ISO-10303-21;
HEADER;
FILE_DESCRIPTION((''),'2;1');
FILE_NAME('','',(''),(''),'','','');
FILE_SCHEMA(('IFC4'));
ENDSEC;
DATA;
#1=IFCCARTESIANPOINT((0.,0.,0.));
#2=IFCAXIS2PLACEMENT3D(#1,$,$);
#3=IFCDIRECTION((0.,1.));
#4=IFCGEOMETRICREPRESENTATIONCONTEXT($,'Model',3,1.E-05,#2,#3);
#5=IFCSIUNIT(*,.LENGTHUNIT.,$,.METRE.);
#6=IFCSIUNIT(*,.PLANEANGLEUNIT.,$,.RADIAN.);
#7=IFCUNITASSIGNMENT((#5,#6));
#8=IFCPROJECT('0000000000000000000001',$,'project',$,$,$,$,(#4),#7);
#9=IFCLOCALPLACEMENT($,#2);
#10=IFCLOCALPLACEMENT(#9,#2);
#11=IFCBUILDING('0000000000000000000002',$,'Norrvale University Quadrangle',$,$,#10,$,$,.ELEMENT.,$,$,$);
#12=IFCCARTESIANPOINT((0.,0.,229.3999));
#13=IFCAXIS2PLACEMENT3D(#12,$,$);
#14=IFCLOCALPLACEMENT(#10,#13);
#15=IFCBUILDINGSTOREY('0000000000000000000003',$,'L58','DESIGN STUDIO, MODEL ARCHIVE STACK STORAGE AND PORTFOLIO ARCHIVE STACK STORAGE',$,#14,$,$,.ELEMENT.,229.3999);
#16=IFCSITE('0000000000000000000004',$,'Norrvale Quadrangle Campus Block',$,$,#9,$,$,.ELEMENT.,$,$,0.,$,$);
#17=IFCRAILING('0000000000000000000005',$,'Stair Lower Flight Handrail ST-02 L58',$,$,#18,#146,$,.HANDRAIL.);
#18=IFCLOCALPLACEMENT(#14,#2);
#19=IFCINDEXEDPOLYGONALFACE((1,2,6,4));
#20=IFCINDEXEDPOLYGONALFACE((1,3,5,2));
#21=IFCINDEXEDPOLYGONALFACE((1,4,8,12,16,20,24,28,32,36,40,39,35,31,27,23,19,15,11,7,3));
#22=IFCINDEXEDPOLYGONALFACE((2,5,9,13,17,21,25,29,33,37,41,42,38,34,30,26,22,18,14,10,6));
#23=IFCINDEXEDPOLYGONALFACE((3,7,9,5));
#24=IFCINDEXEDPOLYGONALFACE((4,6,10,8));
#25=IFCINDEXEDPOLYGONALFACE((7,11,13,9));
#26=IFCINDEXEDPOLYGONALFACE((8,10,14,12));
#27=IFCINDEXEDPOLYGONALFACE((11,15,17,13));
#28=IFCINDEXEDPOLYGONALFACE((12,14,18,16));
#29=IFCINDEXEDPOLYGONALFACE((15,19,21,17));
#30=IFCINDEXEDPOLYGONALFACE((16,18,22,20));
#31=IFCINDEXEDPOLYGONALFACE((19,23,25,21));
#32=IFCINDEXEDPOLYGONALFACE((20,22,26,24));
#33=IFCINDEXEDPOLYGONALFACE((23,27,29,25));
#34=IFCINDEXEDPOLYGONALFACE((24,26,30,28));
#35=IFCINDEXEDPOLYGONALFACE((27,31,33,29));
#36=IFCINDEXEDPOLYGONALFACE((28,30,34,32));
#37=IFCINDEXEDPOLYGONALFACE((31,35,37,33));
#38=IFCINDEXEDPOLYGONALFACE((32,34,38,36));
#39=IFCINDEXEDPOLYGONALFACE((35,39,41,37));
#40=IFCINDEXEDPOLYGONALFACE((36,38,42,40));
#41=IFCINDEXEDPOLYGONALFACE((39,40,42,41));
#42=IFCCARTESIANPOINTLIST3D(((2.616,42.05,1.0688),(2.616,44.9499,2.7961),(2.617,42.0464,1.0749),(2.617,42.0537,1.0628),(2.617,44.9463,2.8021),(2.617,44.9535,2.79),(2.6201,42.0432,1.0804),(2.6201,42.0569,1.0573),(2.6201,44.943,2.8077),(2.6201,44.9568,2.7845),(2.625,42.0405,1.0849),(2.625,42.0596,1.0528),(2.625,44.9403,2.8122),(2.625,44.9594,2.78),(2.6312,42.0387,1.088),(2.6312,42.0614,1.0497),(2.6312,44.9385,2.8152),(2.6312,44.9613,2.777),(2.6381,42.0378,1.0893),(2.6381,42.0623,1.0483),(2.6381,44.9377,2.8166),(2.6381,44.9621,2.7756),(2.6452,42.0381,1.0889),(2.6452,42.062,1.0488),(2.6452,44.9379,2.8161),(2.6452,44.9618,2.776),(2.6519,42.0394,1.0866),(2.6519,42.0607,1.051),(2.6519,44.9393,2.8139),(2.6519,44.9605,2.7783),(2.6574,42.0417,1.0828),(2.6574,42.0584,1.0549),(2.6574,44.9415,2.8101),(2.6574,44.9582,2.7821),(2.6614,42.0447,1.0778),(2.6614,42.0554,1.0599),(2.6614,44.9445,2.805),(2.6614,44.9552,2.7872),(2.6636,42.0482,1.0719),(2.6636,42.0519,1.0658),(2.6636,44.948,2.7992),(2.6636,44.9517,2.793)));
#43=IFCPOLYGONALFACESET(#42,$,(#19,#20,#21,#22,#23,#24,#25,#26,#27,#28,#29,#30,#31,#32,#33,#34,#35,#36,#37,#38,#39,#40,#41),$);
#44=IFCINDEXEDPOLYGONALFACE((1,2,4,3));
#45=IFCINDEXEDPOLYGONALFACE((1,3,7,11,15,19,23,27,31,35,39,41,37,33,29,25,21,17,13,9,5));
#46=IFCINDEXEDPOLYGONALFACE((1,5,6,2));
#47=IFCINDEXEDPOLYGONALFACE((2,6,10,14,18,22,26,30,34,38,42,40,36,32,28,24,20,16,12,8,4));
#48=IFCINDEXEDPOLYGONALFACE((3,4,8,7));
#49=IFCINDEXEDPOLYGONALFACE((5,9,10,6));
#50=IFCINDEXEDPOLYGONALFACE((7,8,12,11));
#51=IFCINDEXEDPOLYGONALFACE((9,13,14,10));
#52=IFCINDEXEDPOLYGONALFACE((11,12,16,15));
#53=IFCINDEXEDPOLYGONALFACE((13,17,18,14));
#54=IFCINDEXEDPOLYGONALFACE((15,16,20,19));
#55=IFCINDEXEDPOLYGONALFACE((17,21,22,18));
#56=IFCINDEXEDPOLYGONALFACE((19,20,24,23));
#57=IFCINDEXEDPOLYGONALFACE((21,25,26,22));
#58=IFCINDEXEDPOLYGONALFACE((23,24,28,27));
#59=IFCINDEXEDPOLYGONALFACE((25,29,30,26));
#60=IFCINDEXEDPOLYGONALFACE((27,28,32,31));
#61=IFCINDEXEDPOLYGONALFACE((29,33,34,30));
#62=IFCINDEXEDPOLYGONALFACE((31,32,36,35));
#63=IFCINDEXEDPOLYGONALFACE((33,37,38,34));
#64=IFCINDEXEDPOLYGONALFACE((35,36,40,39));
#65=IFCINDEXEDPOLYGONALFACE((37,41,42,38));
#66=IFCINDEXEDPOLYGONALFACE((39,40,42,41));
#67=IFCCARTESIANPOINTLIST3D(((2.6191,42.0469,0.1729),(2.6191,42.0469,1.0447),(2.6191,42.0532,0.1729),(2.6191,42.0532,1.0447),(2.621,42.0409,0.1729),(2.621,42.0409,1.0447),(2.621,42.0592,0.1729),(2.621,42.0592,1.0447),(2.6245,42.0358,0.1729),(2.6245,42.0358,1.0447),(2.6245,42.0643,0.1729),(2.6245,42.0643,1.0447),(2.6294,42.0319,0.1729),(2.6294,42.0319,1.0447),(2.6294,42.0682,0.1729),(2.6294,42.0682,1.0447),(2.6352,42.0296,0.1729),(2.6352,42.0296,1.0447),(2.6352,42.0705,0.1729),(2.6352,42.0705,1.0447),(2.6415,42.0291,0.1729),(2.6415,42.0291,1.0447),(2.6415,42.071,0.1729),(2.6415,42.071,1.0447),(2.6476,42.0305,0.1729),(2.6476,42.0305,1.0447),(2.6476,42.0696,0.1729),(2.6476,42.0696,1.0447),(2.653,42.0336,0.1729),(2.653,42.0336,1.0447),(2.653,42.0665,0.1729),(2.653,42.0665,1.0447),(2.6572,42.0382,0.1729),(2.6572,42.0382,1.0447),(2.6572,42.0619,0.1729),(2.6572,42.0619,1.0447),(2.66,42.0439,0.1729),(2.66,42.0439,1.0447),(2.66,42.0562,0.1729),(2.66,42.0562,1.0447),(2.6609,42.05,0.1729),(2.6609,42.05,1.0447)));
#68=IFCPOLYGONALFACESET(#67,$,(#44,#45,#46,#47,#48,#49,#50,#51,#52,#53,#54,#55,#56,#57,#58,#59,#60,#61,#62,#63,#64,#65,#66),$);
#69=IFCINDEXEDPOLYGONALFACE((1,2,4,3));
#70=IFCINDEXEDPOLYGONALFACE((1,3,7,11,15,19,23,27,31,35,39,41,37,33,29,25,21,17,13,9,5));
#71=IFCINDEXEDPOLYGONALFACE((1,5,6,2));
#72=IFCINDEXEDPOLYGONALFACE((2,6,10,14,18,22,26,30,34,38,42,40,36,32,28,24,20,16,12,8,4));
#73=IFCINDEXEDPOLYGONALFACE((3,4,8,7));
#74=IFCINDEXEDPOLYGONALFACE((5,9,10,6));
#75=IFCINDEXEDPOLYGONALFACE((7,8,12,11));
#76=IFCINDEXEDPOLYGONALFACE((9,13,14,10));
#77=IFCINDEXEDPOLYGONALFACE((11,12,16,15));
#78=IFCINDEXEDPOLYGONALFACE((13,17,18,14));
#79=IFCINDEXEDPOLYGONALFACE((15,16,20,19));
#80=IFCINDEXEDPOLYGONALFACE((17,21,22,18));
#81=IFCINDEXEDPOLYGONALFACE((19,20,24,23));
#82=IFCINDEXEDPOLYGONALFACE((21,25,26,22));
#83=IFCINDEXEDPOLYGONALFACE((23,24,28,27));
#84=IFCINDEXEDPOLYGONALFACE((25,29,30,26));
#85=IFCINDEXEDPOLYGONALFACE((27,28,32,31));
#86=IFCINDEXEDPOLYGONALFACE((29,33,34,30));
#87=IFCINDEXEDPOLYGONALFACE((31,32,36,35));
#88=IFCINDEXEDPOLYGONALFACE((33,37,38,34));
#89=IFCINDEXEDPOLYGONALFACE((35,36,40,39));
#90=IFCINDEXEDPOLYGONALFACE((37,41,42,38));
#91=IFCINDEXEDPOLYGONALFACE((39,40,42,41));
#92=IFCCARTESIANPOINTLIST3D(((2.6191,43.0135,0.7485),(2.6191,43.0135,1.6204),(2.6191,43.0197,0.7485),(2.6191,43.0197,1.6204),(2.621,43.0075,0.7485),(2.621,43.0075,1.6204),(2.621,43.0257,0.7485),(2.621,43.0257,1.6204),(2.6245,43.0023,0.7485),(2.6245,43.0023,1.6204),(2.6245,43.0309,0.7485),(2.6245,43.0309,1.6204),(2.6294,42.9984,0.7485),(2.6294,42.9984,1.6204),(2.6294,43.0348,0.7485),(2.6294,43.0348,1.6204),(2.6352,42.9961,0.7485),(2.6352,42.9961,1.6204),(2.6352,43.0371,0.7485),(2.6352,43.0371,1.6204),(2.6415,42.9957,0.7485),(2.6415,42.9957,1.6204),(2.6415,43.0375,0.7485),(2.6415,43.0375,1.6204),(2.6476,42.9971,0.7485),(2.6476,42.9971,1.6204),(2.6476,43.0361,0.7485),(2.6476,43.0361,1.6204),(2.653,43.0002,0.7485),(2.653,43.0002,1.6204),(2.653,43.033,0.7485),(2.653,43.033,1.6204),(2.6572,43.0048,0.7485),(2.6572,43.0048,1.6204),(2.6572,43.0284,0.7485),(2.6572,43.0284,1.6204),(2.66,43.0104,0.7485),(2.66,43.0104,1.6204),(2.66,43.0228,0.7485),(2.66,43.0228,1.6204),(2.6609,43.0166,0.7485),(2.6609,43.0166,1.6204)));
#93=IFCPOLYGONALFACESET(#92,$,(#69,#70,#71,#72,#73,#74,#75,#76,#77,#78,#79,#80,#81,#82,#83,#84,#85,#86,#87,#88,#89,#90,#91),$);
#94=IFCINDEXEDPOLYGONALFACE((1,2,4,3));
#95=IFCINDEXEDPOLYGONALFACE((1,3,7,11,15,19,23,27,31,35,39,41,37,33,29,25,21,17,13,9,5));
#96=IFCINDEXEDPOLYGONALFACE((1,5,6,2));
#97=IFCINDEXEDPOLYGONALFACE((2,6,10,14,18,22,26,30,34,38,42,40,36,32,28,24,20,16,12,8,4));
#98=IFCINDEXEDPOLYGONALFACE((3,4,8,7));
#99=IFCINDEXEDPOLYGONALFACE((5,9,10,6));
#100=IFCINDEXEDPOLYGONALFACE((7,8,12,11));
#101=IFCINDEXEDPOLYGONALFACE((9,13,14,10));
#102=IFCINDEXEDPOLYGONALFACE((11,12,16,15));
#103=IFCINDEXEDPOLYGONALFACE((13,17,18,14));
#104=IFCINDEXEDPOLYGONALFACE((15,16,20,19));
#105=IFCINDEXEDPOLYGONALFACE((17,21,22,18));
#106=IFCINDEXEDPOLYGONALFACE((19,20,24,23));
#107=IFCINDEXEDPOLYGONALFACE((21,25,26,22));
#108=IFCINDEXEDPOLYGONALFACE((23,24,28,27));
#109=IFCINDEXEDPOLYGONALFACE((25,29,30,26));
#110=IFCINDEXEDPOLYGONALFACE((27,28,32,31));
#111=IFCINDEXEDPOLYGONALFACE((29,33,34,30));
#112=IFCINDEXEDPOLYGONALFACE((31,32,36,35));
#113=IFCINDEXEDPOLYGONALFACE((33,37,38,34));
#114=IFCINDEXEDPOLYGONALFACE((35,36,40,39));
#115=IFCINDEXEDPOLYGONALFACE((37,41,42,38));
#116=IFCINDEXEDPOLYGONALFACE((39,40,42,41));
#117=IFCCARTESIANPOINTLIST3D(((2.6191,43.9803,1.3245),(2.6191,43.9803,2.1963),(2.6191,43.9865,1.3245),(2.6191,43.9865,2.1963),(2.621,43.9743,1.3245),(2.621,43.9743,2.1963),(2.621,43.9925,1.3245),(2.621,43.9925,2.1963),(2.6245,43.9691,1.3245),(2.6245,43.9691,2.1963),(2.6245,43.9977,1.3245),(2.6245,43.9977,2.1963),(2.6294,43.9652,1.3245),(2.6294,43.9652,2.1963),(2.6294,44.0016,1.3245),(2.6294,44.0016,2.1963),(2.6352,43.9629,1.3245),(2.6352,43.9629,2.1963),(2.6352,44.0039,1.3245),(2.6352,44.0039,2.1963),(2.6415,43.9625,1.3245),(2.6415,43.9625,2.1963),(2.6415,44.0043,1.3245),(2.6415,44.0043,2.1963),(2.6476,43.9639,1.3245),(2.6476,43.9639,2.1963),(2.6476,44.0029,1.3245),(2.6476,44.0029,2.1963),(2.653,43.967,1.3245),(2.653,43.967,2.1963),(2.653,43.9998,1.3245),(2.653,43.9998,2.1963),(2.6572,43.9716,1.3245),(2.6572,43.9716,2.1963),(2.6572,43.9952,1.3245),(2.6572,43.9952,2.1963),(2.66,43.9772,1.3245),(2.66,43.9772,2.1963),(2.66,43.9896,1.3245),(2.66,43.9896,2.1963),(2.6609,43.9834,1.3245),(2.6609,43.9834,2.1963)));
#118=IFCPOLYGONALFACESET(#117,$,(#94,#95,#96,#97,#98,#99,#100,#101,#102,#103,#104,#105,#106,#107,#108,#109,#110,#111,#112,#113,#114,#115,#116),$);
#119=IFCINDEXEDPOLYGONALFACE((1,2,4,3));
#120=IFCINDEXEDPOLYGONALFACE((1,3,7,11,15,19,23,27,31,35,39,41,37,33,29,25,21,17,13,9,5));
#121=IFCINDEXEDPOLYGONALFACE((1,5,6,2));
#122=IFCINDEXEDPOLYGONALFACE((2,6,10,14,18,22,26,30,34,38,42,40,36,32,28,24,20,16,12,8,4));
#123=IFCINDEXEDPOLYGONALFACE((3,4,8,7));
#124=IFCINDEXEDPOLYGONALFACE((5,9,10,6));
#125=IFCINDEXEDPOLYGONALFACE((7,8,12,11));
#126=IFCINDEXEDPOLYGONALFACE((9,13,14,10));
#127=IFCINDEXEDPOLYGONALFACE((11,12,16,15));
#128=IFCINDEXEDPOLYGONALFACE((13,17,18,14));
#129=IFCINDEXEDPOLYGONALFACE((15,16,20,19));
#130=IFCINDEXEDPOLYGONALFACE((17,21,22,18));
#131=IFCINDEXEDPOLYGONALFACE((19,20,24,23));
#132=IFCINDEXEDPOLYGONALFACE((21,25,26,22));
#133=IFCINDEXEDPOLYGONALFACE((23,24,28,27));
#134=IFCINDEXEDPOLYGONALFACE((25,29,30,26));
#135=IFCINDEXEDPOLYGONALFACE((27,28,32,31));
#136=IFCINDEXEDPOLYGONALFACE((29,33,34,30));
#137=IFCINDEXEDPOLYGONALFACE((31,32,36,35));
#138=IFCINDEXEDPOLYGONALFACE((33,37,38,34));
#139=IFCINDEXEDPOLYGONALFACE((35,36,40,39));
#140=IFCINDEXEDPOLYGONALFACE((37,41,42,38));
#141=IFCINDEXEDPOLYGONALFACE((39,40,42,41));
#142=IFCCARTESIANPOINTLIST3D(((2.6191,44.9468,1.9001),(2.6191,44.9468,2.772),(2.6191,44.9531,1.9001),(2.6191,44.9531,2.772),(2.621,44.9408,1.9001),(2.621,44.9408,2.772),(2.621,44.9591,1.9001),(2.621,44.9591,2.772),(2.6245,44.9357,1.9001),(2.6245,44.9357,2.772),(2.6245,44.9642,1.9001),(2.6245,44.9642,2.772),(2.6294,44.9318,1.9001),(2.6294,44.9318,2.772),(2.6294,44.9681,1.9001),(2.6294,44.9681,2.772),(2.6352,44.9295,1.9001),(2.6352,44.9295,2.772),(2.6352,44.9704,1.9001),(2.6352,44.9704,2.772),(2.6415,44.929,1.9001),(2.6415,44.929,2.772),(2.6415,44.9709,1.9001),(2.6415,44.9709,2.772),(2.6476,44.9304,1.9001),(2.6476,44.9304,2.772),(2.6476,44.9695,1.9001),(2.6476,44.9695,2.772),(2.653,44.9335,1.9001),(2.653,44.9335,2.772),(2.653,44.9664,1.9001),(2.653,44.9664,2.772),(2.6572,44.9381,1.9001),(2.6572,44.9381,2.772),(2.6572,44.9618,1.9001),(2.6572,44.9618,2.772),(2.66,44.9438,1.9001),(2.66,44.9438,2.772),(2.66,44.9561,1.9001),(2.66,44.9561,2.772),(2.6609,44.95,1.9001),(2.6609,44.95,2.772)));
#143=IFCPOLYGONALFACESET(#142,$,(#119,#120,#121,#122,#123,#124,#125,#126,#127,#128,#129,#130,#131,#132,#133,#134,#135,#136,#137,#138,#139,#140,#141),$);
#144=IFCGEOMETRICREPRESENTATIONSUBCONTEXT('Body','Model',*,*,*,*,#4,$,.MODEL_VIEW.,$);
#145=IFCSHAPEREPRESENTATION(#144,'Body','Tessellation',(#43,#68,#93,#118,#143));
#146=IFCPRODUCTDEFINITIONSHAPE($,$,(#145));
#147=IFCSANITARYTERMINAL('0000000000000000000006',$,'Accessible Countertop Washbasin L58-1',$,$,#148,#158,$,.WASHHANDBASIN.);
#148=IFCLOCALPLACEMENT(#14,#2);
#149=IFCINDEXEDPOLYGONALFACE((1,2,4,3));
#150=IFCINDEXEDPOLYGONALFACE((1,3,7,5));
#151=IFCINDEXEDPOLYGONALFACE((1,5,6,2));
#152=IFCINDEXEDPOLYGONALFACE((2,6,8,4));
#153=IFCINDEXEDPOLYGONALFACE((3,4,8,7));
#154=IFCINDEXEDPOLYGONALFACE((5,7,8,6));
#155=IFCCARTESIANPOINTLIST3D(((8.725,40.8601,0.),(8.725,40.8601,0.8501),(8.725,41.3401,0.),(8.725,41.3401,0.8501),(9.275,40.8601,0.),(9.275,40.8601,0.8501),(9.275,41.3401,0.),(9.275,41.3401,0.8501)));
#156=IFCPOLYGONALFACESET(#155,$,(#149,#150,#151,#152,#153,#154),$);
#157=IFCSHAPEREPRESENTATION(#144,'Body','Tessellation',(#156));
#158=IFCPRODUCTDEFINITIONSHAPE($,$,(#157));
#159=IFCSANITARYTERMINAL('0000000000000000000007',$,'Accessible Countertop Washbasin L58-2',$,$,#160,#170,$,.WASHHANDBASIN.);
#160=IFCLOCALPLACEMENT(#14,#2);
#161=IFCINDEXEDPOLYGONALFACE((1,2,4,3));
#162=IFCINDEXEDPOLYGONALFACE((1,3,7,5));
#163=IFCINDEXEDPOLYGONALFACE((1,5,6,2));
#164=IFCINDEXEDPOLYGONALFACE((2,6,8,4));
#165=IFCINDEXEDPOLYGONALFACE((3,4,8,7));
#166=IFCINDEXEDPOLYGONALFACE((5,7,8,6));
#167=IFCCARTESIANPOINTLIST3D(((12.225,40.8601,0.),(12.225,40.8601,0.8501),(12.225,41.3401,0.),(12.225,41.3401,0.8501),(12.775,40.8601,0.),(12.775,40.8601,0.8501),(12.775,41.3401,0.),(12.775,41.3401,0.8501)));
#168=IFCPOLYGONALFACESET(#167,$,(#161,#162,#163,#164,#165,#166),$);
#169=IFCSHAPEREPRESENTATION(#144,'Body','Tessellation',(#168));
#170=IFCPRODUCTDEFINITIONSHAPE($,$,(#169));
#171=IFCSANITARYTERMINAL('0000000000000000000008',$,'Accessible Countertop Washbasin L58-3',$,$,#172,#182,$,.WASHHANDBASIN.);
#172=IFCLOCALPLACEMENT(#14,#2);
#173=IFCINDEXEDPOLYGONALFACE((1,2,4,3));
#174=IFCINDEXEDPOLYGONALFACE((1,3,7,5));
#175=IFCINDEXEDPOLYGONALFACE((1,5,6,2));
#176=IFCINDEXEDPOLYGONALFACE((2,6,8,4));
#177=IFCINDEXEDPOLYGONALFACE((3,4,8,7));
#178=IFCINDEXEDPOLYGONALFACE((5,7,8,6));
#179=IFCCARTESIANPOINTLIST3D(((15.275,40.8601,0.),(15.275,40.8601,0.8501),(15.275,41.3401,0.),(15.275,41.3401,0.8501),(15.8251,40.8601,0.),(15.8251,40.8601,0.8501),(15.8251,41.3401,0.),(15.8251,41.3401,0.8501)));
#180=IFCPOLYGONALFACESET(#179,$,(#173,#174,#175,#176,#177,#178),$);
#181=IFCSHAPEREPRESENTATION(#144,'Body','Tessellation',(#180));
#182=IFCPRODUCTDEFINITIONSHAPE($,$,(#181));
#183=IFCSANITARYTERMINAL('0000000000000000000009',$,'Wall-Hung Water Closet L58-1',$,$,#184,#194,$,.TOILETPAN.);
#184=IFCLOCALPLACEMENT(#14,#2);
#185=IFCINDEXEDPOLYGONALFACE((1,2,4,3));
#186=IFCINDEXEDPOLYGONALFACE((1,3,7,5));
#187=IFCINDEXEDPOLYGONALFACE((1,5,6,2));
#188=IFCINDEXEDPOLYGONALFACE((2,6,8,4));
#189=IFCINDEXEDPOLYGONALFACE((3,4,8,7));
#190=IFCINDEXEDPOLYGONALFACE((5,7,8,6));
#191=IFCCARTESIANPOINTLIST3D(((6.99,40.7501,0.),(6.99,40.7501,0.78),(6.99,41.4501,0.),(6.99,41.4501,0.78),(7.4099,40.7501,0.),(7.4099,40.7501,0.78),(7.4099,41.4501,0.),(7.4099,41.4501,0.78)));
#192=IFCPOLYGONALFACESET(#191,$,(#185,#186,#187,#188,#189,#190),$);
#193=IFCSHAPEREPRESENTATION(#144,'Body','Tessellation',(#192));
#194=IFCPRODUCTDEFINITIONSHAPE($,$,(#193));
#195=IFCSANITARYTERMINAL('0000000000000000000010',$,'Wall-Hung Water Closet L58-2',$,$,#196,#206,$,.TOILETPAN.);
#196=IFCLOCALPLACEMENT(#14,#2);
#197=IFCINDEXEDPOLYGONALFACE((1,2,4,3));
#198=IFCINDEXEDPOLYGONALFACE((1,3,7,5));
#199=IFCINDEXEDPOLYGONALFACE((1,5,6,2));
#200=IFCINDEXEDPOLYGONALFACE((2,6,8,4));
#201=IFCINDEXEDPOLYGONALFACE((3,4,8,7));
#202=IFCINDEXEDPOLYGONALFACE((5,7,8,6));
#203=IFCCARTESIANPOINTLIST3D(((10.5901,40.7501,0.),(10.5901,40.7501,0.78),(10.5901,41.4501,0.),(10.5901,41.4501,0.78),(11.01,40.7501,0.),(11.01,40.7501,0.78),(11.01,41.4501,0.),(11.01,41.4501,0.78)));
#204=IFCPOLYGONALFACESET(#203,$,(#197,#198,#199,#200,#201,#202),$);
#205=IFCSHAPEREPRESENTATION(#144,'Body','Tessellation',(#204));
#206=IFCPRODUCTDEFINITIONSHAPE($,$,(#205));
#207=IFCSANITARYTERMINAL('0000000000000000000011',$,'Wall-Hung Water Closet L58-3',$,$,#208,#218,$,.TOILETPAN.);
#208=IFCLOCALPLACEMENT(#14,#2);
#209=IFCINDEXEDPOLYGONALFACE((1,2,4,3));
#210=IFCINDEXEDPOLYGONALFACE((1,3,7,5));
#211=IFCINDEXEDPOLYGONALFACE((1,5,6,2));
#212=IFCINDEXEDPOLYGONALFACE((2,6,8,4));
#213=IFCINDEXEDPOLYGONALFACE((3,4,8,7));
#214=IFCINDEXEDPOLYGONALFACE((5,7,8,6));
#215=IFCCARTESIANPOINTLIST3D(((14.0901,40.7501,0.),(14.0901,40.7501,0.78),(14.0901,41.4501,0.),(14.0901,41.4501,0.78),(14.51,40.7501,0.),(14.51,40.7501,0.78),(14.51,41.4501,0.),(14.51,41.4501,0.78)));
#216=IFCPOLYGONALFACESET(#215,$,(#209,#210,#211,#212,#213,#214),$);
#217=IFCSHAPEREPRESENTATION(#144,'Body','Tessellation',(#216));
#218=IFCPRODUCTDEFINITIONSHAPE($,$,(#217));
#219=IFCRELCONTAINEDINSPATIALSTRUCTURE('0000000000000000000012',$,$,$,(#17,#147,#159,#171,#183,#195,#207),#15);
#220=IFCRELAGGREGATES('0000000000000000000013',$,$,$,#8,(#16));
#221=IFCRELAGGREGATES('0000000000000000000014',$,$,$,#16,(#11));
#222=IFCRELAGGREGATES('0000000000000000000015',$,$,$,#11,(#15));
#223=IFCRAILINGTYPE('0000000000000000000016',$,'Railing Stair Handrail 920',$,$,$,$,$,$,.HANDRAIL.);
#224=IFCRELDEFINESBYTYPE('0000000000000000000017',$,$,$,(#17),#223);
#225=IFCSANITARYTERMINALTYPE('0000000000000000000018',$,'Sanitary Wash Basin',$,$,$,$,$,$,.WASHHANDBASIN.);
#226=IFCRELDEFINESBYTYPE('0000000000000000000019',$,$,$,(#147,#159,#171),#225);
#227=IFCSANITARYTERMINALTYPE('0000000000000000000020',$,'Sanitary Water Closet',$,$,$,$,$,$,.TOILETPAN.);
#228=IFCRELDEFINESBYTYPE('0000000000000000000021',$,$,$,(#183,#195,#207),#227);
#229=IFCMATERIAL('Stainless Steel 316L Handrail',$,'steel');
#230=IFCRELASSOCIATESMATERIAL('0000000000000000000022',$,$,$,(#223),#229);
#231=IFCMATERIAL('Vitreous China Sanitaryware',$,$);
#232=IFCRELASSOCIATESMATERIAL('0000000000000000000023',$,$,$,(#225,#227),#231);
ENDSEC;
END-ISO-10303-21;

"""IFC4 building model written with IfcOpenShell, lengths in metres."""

from ifc_helpers import new_model, si_unit, direction, frame, origin, origin_2d, place, context, subcontext, project, spatial, rectangle, circle, extrude, material, type_object, element, save


model = new_model("IFC4")

# Units and contexts
model_context = context("Model", 3, precision=1e-05, world=origin(), true_north=direction((0.0, 1.0)))
body_context = subcontext(model_context, "Body", "Model", "MODEL_VIEW")
ifc_project = project(units=[si_unit("LENGTHUNIT", "METRE"), si_unit("PLANEANGLEUNIT", "RADIAN")], contexts=[model_context])

# Site, building, storey
site_placement = place(None, origin())
site = spatial("IfcSite", under=ifc_project, at=site_placement, Name="Norrvale Quadrangle Campus Block", CompositionType="ELEMENT", RefElevation=0.0)
building_placement = place(site_placement, origin())
building = spatial("IfcBuilding", under=site, at=building_placement, Name="Norrvale University Quadrangle", CompositionType="ELEMENT")
storey_placement = place(building_placement, frame((0.0, 0.0, 229.3999)))
storey = spatial("IfcBuildingStorey", under=building, at=storey_placement, Name="L58", Description="DESIGN STUDIO, MODEL ARCHIVE STACK STORAGE AND PORTFOLIO ARCHIVE STACK STORAGE", CompositionType="ELEMENT", Elevation=229.3999)

# Railing
ifc_material_1 = material(Name="Stainless Steel 316L Handrail", Category="steel")
railing_type_1 = type_object("IfcRailingType", Name="Railing Stair Handrail 920", PredefinedType="HANDRAIL", material=ifc_material_1)
railing_1_placement = place(storey_placement, frame((2.6399, 42.05, 0.1729)))
element("IfcRailing", 1, at=railing_1_placement, inside=storey, type_object=railing_type_1, Name="Stair Lower Flight Handrail ST-02 L58", PredefinedType="HANDRAIL", context=body_context, shape_type="SweptSolid", body=[
    extrude(circle(Radius=0.0239, at=origin_2d()), frame((0.0, 0.0, 0.896), z_axis=(0.0, 0.859141, 0.511738), x_axis=(-1.0, 0.0, 0.0)), (0.0, 0.0, 1.0), 3.3752),
    extrude(circle(Radius=0.021, at=origin_2d()), origin(), (0.0, 0.0, 1.0), 0.8718),
    extrude(circle(Radius=0.021, at=origin_2d()), frame((0.0, 0.9666, 0.5757)), (0.0, 0.0, 1.0), 0.8718),
    extrude(circle(Radius=0.021, at=origin_2d()), frame((0.0, 1.9333, 1.1516)), (0.0, 0.0, 1.0), 0.8718),
    extrude(circle(Radius=0.021, at=origin_2d()), frame((0.0, 2.8999, 1.7273)), (0.0, 0.0, 1.0), 0.8718),
])

# Sanitary terminals
ifc_material_2 = material(Name="Vitreous China Sanitaryware")
sanitary_terminal_type_1 = type_object("IfcSanitaryTerminalType", Name="Sanitary Wash Basin", PredefinedType="WASHHANDBASIN", material=ifc_material_2)
for number, where, z_axis, x_axis, name in (
    (2, (9.0, 41.1001, 0.0), (0.0, 0.0, 1.0), (1.0, 0.0, 0.0), "Accessible Countertop Washbasin L58-1"),
    (3, (12.5, 41.1001, 0.0), (0.0, 0.0, 1.0), (1.0, 0.0, 0.0), "Accessible Countertop Washbasin L58-2"),
    (4, (15.55, 41.1001, 0.0), (0.0, 0.0, 1.0), (1.0, 0.0, 0.0), "Accessible Countertop Washbasin L58-3"),
):
    element("IfcSanitaryTerminal", number, at=place(storey_placement, frame(where, z_axis=z_axis, x_axis=x_axis)), inside=storey, type_object=sanitary_terminal_type_1, Name=name, PredefinedType="WASHHANDBASIN", context=body_context, shape_type="SweptSolid", body=[
        extrude(rectangle(XDim=0.55, YDim=0.48, at=origin_2d()), origin(), (0.0, 0.0, 1.0), 0.8501),
    ])
sanitary_terminal_type_2 = type_object("IfcSanitaryTerminalType", Name="Sanitary Water Closet", PredefinedType="TOILETPAN", material=ifc_material_2)
for number, where, z_axis, x_axis, name in (
    (5, (7.2, 41.1001, 0.0), (0.0, 0.0, 1.0), (1.0, 0.0, 0.0), "Wall-Hung Water Closet L58-1"),
    (6, (10.8, 41.1001, 0.0), (0.0, 0.0, 1.0), (1.0, 0.0, 0.0), "Wall-Hung Water Closet L58-2"),
    (7, (14.3, 41.1001, 0.0), (0.0, 0.0, 1.0), (1.0, 0.0, 0.0), "Wall-Hung Water Closet L58-3"),
):
    element("IfcSanitaryTerminal", number, at=place(storey_placement, frame(where, z_axis=z_axis, x_axis=x_axis)), inside=storey, type_object=sanitary_terminal_type_2, Name=name, PredefinedType="TOILETPAN", context=body_context, shape_type="SweptSolid", body=[
        extrude(rectangle(XDim=0.4199, YDim=0.7, at=origin_2d()), origin(), (0.0, 0.0, 1.0), 0.78),
    ])

save(model, "model.ifc")
